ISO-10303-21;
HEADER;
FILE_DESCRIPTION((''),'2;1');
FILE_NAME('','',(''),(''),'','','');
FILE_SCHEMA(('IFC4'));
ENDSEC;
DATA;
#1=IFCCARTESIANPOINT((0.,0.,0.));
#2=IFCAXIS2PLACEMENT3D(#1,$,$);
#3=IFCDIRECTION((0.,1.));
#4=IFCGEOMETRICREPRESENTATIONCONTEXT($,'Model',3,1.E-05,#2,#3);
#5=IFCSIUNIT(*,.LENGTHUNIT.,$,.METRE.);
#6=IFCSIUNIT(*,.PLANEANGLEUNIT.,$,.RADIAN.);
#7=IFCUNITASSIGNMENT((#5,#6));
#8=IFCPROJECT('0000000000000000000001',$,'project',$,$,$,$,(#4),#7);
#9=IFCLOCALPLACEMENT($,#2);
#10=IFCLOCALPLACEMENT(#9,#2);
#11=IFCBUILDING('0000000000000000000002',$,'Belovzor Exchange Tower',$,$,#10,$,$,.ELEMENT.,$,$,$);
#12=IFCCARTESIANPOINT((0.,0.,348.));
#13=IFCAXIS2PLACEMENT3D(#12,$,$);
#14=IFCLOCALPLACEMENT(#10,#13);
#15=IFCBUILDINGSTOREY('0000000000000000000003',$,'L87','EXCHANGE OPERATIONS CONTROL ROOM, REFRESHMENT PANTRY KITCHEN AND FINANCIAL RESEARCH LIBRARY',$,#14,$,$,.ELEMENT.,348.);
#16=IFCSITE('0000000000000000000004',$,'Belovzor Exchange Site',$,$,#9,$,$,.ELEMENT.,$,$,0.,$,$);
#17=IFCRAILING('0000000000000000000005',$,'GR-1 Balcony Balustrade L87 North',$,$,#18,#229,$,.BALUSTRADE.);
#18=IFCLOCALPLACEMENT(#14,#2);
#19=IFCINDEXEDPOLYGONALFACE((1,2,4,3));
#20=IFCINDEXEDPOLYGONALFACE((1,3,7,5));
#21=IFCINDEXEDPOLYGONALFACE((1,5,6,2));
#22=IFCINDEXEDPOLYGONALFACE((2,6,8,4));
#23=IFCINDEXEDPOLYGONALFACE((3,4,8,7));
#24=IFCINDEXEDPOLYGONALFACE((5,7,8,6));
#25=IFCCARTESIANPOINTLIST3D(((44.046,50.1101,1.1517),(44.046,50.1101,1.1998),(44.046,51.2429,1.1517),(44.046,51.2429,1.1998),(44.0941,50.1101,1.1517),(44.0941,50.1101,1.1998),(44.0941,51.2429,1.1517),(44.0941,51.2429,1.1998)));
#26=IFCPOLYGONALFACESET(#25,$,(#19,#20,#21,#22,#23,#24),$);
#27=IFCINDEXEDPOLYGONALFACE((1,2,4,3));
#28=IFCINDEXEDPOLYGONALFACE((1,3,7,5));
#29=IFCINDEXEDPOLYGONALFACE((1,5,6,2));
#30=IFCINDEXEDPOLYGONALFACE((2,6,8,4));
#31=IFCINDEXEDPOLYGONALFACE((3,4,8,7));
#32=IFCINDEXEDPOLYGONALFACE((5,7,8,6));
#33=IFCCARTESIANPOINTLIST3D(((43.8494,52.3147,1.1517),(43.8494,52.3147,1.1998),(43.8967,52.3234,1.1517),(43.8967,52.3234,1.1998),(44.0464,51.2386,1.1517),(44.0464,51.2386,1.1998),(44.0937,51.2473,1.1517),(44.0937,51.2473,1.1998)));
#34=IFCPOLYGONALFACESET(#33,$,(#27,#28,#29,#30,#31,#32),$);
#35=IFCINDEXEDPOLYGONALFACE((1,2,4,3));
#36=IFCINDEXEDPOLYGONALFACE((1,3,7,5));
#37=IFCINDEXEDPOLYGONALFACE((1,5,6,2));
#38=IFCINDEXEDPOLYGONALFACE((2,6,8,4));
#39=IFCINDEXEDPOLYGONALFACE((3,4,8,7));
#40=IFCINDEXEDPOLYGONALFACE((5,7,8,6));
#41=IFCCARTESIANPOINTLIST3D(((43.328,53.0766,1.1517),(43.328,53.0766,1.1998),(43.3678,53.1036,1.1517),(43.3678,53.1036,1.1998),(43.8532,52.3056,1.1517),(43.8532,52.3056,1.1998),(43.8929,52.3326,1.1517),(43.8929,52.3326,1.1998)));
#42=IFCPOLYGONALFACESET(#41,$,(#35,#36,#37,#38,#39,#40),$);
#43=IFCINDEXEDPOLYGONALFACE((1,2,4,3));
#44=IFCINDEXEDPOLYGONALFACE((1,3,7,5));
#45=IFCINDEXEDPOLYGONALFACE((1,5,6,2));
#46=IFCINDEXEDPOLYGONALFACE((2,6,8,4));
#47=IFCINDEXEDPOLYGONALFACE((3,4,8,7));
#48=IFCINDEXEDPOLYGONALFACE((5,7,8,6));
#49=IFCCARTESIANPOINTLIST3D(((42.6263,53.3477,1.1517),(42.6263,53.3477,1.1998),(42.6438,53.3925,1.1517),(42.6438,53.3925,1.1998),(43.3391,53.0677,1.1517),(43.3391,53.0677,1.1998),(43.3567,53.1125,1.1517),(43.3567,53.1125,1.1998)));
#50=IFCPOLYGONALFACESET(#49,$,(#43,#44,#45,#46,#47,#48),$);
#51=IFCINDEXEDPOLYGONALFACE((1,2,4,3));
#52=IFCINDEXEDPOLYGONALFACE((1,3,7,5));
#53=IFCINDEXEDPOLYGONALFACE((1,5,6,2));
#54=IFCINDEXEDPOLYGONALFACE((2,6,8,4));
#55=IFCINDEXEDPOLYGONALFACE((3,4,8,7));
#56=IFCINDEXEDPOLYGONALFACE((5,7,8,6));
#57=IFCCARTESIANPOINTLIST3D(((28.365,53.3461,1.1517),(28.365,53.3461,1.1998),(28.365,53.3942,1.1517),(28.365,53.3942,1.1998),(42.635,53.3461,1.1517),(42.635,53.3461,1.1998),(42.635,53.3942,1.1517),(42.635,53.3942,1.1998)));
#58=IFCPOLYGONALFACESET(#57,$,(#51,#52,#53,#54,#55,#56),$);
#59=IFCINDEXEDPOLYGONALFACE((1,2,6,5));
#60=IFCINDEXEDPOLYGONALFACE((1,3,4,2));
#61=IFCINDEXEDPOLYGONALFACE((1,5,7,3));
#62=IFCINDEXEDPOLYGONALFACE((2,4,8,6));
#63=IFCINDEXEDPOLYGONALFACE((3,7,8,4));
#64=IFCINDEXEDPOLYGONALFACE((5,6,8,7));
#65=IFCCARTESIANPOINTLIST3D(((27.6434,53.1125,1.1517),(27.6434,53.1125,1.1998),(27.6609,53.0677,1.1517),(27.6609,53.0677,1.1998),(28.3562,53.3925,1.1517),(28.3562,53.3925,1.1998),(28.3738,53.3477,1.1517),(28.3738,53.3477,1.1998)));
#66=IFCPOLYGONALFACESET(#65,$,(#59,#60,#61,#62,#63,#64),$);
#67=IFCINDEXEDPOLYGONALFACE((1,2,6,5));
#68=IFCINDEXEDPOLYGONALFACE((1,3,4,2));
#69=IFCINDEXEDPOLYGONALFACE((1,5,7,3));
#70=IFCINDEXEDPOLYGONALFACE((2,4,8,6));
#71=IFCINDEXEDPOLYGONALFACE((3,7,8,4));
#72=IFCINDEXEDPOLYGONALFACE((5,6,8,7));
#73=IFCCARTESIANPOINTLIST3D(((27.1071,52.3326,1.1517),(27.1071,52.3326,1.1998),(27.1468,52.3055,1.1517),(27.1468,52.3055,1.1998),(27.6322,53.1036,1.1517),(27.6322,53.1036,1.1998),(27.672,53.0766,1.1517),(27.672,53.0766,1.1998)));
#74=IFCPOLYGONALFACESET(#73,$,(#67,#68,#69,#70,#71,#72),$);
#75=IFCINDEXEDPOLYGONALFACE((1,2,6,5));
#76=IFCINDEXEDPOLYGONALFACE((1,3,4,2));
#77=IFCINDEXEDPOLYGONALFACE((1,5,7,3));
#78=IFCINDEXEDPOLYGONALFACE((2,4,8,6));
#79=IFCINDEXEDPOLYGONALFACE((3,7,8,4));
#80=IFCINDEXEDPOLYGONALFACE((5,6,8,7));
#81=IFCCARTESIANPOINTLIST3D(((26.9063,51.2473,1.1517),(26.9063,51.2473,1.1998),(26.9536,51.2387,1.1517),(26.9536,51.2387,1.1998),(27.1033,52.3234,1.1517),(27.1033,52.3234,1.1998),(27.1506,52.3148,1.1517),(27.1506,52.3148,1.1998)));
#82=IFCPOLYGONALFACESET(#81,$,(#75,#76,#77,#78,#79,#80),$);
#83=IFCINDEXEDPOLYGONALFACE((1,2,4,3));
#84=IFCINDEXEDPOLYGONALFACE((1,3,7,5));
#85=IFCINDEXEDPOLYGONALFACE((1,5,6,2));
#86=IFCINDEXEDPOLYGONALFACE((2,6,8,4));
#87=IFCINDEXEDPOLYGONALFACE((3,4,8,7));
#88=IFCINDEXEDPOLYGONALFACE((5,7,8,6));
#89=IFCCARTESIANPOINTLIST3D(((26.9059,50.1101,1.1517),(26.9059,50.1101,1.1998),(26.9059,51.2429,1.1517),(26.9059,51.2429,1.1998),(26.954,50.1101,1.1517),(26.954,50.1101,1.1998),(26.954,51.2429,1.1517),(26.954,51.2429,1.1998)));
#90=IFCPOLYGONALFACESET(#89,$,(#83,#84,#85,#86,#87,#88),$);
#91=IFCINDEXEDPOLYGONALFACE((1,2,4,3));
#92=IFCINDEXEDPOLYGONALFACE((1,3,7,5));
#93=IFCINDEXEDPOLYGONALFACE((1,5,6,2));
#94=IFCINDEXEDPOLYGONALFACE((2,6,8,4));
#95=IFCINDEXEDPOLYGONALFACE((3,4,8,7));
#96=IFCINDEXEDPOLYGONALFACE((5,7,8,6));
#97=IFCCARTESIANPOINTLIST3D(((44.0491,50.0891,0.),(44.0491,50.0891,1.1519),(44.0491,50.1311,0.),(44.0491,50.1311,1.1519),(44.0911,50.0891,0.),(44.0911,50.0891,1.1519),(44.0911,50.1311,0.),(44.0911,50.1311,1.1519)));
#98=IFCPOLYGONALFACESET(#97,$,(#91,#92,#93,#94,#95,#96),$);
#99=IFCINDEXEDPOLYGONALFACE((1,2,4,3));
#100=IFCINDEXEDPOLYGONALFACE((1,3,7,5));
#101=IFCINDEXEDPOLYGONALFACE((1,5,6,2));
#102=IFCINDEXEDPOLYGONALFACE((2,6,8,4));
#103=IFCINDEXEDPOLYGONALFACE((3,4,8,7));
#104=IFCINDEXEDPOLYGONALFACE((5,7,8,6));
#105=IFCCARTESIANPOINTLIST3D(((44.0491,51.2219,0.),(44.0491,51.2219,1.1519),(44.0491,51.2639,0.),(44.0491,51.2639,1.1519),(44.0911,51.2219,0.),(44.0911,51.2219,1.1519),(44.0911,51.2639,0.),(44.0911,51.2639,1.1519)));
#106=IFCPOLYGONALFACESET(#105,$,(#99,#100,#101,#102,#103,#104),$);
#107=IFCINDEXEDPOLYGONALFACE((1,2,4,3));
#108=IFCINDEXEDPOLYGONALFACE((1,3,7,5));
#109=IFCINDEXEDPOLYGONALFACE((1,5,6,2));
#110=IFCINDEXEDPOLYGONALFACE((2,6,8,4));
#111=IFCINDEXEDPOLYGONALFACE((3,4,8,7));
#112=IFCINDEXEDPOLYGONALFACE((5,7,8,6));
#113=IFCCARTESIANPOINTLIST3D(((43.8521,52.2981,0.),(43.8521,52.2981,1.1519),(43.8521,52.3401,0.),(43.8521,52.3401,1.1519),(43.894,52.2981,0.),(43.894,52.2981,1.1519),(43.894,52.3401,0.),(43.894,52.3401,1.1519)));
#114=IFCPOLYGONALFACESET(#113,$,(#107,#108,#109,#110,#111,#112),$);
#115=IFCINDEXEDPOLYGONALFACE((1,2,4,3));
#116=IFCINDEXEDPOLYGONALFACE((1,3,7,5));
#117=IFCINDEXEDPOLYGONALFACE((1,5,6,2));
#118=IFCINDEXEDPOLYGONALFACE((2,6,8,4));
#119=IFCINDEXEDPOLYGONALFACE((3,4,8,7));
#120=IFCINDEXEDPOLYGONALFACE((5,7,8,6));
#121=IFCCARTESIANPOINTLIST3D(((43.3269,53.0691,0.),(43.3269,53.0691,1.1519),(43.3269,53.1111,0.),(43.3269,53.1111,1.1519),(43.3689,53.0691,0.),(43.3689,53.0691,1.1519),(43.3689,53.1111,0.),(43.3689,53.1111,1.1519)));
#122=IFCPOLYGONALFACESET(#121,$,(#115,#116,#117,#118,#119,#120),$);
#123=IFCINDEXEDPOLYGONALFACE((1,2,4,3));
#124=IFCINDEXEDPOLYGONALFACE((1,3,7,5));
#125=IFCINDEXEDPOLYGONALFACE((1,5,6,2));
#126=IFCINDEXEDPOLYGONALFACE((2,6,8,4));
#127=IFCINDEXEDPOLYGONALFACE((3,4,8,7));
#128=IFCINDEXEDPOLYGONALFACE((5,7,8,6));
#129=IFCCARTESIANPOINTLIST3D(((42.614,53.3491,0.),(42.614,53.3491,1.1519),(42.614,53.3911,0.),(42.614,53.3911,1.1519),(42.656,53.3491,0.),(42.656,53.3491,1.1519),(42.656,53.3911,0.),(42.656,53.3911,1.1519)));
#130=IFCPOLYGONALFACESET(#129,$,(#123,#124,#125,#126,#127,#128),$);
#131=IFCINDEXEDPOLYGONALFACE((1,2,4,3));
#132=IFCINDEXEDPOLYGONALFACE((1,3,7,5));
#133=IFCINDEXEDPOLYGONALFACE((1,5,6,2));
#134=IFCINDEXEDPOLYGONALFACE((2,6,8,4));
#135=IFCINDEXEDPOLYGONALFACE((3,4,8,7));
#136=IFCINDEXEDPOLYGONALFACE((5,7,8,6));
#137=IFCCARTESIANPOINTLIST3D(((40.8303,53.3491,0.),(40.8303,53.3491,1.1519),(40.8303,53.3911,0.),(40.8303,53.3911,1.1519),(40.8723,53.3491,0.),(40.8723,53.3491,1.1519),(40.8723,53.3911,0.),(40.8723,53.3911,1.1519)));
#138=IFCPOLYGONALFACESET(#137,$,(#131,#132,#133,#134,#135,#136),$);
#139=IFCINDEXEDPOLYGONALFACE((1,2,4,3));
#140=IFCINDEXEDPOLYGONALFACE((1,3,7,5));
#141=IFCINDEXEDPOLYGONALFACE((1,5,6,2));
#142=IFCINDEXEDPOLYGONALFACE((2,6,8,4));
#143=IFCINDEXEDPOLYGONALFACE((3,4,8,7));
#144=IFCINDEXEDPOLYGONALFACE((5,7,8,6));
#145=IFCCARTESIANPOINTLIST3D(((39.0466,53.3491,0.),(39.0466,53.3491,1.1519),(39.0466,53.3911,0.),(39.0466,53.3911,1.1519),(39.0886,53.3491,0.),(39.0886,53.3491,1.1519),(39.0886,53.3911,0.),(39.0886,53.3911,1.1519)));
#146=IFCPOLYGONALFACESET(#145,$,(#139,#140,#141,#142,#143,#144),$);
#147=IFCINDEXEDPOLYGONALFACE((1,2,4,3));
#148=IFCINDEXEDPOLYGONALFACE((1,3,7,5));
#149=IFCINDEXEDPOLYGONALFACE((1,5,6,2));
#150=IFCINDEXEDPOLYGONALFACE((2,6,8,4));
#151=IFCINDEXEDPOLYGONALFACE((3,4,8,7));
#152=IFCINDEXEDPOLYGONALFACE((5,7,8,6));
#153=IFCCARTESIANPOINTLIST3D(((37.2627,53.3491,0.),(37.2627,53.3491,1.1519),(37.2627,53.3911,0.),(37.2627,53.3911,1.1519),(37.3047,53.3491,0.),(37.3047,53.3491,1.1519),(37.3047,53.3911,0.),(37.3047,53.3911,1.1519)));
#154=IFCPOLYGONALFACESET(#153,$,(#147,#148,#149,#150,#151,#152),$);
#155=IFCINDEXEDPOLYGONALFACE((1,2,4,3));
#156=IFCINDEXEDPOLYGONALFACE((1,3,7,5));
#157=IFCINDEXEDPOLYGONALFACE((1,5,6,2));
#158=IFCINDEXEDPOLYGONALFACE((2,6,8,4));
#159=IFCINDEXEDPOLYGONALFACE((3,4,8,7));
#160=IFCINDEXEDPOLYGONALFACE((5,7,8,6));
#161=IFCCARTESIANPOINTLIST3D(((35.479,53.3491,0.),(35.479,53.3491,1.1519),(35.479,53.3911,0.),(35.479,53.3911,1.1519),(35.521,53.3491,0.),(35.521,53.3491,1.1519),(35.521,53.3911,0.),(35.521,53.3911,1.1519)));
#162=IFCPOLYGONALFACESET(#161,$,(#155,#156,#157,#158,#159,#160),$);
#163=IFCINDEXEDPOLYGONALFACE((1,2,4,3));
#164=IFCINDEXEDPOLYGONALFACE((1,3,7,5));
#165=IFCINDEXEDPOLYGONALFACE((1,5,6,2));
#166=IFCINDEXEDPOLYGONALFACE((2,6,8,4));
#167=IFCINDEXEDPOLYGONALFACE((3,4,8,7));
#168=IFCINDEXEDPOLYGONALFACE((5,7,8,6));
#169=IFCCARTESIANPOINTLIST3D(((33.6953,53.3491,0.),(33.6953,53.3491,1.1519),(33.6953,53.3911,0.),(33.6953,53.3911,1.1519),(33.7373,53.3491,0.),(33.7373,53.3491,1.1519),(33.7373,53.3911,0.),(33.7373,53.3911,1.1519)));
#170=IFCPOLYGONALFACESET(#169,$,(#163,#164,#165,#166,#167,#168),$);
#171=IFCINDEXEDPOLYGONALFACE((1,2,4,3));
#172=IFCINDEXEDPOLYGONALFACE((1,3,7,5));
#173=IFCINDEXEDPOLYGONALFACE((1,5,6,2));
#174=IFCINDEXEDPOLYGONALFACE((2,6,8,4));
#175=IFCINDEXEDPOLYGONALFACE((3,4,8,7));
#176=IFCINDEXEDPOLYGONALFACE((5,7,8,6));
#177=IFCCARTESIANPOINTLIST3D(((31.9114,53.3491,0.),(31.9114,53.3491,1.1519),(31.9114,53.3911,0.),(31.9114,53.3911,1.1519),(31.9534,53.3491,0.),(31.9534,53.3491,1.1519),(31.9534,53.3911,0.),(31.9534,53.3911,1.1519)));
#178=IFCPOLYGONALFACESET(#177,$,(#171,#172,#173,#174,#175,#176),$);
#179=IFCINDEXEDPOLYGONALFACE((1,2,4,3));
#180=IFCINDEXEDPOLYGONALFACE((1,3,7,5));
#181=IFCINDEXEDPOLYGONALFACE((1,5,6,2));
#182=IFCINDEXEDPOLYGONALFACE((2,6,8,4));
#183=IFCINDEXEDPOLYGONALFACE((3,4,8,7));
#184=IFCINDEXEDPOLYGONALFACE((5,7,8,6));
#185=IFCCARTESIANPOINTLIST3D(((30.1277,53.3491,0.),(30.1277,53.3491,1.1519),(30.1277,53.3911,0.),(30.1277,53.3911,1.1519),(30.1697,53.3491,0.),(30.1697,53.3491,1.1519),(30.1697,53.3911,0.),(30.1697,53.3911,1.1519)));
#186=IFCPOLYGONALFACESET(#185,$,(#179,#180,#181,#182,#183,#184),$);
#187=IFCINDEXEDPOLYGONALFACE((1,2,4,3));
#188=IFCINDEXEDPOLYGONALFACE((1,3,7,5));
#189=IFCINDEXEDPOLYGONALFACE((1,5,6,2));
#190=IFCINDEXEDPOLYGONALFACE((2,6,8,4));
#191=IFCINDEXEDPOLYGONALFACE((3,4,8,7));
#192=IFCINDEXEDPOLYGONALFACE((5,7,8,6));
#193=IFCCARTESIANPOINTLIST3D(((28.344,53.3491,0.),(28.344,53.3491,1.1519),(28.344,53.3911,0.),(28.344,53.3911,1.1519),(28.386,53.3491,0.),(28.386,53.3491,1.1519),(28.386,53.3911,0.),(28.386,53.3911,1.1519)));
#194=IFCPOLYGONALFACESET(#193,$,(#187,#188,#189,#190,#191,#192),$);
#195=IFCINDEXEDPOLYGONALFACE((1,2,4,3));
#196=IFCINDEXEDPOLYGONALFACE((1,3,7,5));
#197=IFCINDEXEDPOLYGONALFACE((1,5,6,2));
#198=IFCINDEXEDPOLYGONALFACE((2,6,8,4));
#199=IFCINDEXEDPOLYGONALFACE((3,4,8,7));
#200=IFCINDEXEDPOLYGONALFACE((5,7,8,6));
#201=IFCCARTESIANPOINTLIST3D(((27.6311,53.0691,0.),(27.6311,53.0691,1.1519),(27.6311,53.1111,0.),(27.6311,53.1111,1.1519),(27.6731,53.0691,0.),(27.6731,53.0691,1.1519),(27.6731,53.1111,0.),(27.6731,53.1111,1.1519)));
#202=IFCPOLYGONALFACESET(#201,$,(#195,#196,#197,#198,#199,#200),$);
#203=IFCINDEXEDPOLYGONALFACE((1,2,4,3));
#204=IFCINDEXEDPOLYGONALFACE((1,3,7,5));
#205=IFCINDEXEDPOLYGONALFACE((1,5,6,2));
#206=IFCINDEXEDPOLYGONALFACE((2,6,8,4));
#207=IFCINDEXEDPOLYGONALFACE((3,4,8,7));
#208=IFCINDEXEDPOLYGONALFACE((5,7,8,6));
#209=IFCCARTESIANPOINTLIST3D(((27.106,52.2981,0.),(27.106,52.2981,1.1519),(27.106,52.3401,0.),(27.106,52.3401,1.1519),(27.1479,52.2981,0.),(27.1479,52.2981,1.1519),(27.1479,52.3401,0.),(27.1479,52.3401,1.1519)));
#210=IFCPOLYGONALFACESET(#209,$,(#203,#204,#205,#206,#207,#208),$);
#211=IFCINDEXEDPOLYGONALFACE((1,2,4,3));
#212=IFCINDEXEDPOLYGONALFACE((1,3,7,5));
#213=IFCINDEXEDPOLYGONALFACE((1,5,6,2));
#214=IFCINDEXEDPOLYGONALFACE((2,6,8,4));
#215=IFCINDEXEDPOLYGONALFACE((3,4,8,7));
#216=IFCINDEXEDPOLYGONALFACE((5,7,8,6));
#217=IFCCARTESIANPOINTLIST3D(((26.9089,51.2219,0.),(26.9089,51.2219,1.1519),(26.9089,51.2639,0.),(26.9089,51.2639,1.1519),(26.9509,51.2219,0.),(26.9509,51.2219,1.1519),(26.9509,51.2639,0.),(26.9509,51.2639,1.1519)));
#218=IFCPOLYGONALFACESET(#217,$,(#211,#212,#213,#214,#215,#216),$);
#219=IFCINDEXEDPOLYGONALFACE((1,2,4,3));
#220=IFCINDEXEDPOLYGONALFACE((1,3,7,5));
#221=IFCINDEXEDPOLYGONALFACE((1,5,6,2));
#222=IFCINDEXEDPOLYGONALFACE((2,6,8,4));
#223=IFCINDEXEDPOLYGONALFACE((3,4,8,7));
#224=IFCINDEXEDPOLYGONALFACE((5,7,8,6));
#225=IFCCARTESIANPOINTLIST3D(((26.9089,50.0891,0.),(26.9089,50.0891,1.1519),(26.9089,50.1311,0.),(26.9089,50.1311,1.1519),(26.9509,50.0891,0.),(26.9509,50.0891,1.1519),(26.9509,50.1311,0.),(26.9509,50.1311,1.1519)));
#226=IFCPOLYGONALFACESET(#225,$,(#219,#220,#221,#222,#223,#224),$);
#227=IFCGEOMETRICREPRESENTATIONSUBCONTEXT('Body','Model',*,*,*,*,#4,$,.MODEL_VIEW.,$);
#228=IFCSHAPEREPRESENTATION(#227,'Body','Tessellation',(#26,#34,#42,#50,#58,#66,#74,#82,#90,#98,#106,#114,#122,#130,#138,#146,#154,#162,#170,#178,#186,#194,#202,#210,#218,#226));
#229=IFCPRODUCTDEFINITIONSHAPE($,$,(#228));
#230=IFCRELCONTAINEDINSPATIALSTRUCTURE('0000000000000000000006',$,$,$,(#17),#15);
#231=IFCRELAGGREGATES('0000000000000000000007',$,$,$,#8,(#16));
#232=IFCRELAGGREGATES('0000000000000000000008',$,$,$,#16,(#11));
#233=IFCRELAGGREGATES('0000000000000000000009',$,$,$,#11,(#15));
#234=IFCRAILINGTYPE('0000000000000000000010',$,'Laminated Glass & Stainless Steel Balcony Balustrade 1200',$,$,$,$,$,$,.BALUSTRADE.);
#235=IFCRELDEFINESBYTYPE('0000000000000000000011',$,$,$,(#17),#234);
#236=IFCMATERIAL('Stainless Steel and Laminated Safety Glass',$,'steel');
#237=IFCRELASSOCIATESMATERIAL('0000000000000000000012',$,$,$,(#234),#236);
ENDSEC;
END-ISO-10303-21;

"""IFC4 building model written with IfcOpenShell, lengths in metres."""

from ifc_helpers import new_model, si_unit, direction, frame, origin, origin_2d, place, context, subcontext, project, spatial, rectangle, extrude, material, type_object, element, save


model = new_model("IFC4")

# Units and contexts
model_context = context("Model", 3, precision=1e-05, world=origin(), true_north=direction((0.0, 1.0)))
body_context = subcontext(model_context, "Body", "Model", "MODEL_VIEW")
ifc_project = project(units=[si_unit("LENGTHUNIT", "METRE"), si_unit("PLANEANGLEUNIT", "RADIAN")], contexts=[model_context])

# Site, building, storey
site_placement = place(None, origin())
site = spatial("IfcSite", under=ifc_project, at=site_placement, Name="Belovzor Exchange Site", CompositionType="ELEMENT", RefElevation=0.0)
building_placement = place(site_placement, origin())
building = spatial("IfcBuilding", under=site, at=building_placement, Name="Belovzor Exchange Tower", CompositionType="ELEMENT")
storey_placement = place(building_placement, frame((0.0, 0.0, 348.0)))
storey = spatial("IfcBuildingStorey", under=building, at=storey_placement, Name="L87", Description="EXCHANGE OPERATIONS CONTROL ROOM, REFRESHMENT PANTRY KITCHEN AND FINANCIAL RESEARCH LIBRARY", CompositionType="ELEMENT", Elevation=348.0)

# Railing
ifc_material_1 = material(Name="Stainless Steel and Laminated Safety Glass", Category="steel")
railing_type = type_object("IfcRailingType", Name="Laminated Glass & Stainless Steel Balcony Balustrade 1200", PredefinedType="BALUSTRADE", material=ifc_material_1)
railing_placement = place(storey_placement, frame((44.0701, 50.1101, 0.0)))
element("IfcRailing", 1, at=railing_placement, inside=storey, type_object=railing_type, Name="GR-1 Balcony Balustrade L87 North", PredefinedType="BALUSTRADE", context=body_context, shape_type="SweptSolid", body=[
    extrude(rectangle(XDim=0.0481, YDim=0.0481, at=origin_2d()), frame((0.0, 0.0, 1.1758), z_axis=(0.0, 1.0, 0.0), x_axis=(-1.0, 0.0, 0.0)), (0.0, 0.0, 1.0), 1.1328),
    extrude(rectangle(XDim=0.0481, YDim=0.0481, at=origin_2d()), frame((0.0, 1.1328, 1.1758), z_axis=(-0.180083, 0.983651, 0.0), x_axis=(-0.983651, -0.180083, 0.0)), (0.0, 0.0, 1.0), 1.094),
    extrude(rectangle(XDim=0.0481, YDim=0.0481, at=origin_2d()), frame((-0.197, 2.209, 1.1758), z_axis=(-0.562947, 0.826493, 0.0), x_axis=(-0.826493, -0.562947, 0.0)), (0.0, 0.0, 1.0), 0.9329),
    extrude(rectangle(XDim=0.0481, YDim=0.0481, at=origin_2d()), frame((-0.7222, 2.98, 1.1758), z_axis=(-0.930767, 0.365613, 0.0), x_axis=(-0.365613, -0.930767, 0.0)), (0.0, 0.0, 1.0), 0.7659),
    extrude(rectangle(XDim=0.0481, YDim=0.0481, at=origin_2d()), frame((-1.4351, 3.26, 1.1758), z_axis=(-1.0, 0.0, 0.0), x_axis=(0.0, -1.0, 0.0)), (0.0, 0.0, 1.0), 14.27),
    extrude(rectangle(XDim=0.0481, YDim=0.0481, at=origin_2d()), frame((-15.7051, 3.26, 1.1758), z_axis=(-0.930767, -0.365613, 0.0), x_axis=(0.365613, -0.930767, 0.0)), (0.0, 0.0, 1.0), 0.7659),
    extrude(rectangle(XDim=0.0481, YDim=0.0481, at=origin_2d()), frame((-16.418, 2.98, 1.1758), z_axis=(-0.562947, -0.826493, 0.0), x_axis=(0.826493, -0.562947, 0.0)), (0.0, 0.0, 1.0), 0.9329),
    extrude(rectangle(XDim=0.0481, YDim=0.0481, at=origin_2d()), frame((-16.9431, 2.209, 1.1758), z_axis=(-0.180083, -0.983651, 0.0), x_axis=(0.983651, -0.180083, 0.0)), (0.0, 0.0, 1.0), 1.094),
    extrude(rectangle(XDim=0.0481, YDim=0.0481, at=origin_2d()), frame((-17.1401, 1.1328, 1.1758), z_axis=(0.0, -1.0, 0.0), x_axis=(1.0, 0.0, 0.0)), (0.0, 0.0, 1.0), 1.1328),
    extrude(rectangle(XDim=0.042, YDim=0.042, at=origin_2d()), origin(), (0.0, 0.0, 1.0), 1.1519),
    extrude(rectangle(XDim=0.042, YDim=0.042, at=origin_2d()), frame((0.0, 1.1328, 0.0)), (0.0, 0.0, 1.0), 1.1519),
    extrude(rectangle(XDim=0.042, YDim=0.042, at=origin_2d()), frame((-0.197, 2.209, 0.0)), (0.0, 0.0, 1.0), 1.1519),
    extrude(rectangle(XDim=0.042, YDim=0.042, at=origin_2d()), frame((-0.7222, 2.98, 0.0)), (0.0, 0.0, 1.0), 1.1519),
    extrude(rectangle(XDim=0.042, YDim=0.042, at=origin_2d()), frame((-1.4351, 3.26, 0.0)), (0.0, 0.0, 1.0), 1.1519),
    extrude(rectangle(XDim=0.042, YDim=0.042, at=origin_2d()), frame((-3.2188, 3.26, 0.0)), (0.0, 0.0, 1.0), 1.1519),
    extrude(rectangle(XDim=0.042, YDim=0.042, at=origin_2d()), frame((-5.0024, 3.26, 0.0)), (0.0, 0.0, 1.0), 1.1519),
    extrude(rectangle(XDim=0.042, YDim=0.042, at=origin_2d()), frame((-6.7864, 3.26, 0.0)), (0.0, 0.0, 1.0), 1.1519),
    extrude(rectangle(XDim=0.042, YDim=0.042, at=origin_2d()), frame((-8.5701, 3.26, 0.0)), (0.0, 0.0, 1.0), 1.1519),
    extrude(rectangle(XDim=0.042, YDim=0.042, at=origin_2d()), frame((-10.3538, 3.26, 0.0)), (0.0, 0.0, 1.0), 1.1519),
    extrude(rectangle(XDim=0.042, YDim=0.042, at=origin_2d()), frame((-12.1377, 3.26, 0.0)), (0.0, 0.0, 1.0), 1.1519),
    extrude(rectangle(XDim=0.042, YDim=0.042, at=origin_2d()), frame((-13.9214, 3.26, 0.0)), (0.0, 0.0, 1.0), 1.1519),
    extrude(rectangle(XDim=0.042, YDim=0.042, at=origin_2d()), frame((-15.7051, 3.26, 0.0)), (0.0, 0.0, 1.0), 1.1519),
    extrude(rectangle(XDim=0.042, YDim=0.042, at=origin_2d()), frame((-16.418, 2.98, 0.0)), (0.0, 0.0, 1.0), 1.1519),
    extrude(rectangle(XDim=0.042, YDim=0.042, at=origin_2d()), frame((-16.9431, 2.209, 0.0)), (0.0, 0.0, 1.0), 1.1519),
    extrude(rectangle(XDim=0.042, YDim=0.042, at=origin_2d()), frame((-17.1401, 1.1328, 0.0)), (0.0, 0.0, 1.0), 1.1519),
    extrude(rectangle(XDim=0.042, YDim=0.042, at=origin_2d()), frame((-17.1401, 0.0, 0.0)), (0.0, 0.0, 1.0), 1.1519),
])

save(model, "model.ifc")
